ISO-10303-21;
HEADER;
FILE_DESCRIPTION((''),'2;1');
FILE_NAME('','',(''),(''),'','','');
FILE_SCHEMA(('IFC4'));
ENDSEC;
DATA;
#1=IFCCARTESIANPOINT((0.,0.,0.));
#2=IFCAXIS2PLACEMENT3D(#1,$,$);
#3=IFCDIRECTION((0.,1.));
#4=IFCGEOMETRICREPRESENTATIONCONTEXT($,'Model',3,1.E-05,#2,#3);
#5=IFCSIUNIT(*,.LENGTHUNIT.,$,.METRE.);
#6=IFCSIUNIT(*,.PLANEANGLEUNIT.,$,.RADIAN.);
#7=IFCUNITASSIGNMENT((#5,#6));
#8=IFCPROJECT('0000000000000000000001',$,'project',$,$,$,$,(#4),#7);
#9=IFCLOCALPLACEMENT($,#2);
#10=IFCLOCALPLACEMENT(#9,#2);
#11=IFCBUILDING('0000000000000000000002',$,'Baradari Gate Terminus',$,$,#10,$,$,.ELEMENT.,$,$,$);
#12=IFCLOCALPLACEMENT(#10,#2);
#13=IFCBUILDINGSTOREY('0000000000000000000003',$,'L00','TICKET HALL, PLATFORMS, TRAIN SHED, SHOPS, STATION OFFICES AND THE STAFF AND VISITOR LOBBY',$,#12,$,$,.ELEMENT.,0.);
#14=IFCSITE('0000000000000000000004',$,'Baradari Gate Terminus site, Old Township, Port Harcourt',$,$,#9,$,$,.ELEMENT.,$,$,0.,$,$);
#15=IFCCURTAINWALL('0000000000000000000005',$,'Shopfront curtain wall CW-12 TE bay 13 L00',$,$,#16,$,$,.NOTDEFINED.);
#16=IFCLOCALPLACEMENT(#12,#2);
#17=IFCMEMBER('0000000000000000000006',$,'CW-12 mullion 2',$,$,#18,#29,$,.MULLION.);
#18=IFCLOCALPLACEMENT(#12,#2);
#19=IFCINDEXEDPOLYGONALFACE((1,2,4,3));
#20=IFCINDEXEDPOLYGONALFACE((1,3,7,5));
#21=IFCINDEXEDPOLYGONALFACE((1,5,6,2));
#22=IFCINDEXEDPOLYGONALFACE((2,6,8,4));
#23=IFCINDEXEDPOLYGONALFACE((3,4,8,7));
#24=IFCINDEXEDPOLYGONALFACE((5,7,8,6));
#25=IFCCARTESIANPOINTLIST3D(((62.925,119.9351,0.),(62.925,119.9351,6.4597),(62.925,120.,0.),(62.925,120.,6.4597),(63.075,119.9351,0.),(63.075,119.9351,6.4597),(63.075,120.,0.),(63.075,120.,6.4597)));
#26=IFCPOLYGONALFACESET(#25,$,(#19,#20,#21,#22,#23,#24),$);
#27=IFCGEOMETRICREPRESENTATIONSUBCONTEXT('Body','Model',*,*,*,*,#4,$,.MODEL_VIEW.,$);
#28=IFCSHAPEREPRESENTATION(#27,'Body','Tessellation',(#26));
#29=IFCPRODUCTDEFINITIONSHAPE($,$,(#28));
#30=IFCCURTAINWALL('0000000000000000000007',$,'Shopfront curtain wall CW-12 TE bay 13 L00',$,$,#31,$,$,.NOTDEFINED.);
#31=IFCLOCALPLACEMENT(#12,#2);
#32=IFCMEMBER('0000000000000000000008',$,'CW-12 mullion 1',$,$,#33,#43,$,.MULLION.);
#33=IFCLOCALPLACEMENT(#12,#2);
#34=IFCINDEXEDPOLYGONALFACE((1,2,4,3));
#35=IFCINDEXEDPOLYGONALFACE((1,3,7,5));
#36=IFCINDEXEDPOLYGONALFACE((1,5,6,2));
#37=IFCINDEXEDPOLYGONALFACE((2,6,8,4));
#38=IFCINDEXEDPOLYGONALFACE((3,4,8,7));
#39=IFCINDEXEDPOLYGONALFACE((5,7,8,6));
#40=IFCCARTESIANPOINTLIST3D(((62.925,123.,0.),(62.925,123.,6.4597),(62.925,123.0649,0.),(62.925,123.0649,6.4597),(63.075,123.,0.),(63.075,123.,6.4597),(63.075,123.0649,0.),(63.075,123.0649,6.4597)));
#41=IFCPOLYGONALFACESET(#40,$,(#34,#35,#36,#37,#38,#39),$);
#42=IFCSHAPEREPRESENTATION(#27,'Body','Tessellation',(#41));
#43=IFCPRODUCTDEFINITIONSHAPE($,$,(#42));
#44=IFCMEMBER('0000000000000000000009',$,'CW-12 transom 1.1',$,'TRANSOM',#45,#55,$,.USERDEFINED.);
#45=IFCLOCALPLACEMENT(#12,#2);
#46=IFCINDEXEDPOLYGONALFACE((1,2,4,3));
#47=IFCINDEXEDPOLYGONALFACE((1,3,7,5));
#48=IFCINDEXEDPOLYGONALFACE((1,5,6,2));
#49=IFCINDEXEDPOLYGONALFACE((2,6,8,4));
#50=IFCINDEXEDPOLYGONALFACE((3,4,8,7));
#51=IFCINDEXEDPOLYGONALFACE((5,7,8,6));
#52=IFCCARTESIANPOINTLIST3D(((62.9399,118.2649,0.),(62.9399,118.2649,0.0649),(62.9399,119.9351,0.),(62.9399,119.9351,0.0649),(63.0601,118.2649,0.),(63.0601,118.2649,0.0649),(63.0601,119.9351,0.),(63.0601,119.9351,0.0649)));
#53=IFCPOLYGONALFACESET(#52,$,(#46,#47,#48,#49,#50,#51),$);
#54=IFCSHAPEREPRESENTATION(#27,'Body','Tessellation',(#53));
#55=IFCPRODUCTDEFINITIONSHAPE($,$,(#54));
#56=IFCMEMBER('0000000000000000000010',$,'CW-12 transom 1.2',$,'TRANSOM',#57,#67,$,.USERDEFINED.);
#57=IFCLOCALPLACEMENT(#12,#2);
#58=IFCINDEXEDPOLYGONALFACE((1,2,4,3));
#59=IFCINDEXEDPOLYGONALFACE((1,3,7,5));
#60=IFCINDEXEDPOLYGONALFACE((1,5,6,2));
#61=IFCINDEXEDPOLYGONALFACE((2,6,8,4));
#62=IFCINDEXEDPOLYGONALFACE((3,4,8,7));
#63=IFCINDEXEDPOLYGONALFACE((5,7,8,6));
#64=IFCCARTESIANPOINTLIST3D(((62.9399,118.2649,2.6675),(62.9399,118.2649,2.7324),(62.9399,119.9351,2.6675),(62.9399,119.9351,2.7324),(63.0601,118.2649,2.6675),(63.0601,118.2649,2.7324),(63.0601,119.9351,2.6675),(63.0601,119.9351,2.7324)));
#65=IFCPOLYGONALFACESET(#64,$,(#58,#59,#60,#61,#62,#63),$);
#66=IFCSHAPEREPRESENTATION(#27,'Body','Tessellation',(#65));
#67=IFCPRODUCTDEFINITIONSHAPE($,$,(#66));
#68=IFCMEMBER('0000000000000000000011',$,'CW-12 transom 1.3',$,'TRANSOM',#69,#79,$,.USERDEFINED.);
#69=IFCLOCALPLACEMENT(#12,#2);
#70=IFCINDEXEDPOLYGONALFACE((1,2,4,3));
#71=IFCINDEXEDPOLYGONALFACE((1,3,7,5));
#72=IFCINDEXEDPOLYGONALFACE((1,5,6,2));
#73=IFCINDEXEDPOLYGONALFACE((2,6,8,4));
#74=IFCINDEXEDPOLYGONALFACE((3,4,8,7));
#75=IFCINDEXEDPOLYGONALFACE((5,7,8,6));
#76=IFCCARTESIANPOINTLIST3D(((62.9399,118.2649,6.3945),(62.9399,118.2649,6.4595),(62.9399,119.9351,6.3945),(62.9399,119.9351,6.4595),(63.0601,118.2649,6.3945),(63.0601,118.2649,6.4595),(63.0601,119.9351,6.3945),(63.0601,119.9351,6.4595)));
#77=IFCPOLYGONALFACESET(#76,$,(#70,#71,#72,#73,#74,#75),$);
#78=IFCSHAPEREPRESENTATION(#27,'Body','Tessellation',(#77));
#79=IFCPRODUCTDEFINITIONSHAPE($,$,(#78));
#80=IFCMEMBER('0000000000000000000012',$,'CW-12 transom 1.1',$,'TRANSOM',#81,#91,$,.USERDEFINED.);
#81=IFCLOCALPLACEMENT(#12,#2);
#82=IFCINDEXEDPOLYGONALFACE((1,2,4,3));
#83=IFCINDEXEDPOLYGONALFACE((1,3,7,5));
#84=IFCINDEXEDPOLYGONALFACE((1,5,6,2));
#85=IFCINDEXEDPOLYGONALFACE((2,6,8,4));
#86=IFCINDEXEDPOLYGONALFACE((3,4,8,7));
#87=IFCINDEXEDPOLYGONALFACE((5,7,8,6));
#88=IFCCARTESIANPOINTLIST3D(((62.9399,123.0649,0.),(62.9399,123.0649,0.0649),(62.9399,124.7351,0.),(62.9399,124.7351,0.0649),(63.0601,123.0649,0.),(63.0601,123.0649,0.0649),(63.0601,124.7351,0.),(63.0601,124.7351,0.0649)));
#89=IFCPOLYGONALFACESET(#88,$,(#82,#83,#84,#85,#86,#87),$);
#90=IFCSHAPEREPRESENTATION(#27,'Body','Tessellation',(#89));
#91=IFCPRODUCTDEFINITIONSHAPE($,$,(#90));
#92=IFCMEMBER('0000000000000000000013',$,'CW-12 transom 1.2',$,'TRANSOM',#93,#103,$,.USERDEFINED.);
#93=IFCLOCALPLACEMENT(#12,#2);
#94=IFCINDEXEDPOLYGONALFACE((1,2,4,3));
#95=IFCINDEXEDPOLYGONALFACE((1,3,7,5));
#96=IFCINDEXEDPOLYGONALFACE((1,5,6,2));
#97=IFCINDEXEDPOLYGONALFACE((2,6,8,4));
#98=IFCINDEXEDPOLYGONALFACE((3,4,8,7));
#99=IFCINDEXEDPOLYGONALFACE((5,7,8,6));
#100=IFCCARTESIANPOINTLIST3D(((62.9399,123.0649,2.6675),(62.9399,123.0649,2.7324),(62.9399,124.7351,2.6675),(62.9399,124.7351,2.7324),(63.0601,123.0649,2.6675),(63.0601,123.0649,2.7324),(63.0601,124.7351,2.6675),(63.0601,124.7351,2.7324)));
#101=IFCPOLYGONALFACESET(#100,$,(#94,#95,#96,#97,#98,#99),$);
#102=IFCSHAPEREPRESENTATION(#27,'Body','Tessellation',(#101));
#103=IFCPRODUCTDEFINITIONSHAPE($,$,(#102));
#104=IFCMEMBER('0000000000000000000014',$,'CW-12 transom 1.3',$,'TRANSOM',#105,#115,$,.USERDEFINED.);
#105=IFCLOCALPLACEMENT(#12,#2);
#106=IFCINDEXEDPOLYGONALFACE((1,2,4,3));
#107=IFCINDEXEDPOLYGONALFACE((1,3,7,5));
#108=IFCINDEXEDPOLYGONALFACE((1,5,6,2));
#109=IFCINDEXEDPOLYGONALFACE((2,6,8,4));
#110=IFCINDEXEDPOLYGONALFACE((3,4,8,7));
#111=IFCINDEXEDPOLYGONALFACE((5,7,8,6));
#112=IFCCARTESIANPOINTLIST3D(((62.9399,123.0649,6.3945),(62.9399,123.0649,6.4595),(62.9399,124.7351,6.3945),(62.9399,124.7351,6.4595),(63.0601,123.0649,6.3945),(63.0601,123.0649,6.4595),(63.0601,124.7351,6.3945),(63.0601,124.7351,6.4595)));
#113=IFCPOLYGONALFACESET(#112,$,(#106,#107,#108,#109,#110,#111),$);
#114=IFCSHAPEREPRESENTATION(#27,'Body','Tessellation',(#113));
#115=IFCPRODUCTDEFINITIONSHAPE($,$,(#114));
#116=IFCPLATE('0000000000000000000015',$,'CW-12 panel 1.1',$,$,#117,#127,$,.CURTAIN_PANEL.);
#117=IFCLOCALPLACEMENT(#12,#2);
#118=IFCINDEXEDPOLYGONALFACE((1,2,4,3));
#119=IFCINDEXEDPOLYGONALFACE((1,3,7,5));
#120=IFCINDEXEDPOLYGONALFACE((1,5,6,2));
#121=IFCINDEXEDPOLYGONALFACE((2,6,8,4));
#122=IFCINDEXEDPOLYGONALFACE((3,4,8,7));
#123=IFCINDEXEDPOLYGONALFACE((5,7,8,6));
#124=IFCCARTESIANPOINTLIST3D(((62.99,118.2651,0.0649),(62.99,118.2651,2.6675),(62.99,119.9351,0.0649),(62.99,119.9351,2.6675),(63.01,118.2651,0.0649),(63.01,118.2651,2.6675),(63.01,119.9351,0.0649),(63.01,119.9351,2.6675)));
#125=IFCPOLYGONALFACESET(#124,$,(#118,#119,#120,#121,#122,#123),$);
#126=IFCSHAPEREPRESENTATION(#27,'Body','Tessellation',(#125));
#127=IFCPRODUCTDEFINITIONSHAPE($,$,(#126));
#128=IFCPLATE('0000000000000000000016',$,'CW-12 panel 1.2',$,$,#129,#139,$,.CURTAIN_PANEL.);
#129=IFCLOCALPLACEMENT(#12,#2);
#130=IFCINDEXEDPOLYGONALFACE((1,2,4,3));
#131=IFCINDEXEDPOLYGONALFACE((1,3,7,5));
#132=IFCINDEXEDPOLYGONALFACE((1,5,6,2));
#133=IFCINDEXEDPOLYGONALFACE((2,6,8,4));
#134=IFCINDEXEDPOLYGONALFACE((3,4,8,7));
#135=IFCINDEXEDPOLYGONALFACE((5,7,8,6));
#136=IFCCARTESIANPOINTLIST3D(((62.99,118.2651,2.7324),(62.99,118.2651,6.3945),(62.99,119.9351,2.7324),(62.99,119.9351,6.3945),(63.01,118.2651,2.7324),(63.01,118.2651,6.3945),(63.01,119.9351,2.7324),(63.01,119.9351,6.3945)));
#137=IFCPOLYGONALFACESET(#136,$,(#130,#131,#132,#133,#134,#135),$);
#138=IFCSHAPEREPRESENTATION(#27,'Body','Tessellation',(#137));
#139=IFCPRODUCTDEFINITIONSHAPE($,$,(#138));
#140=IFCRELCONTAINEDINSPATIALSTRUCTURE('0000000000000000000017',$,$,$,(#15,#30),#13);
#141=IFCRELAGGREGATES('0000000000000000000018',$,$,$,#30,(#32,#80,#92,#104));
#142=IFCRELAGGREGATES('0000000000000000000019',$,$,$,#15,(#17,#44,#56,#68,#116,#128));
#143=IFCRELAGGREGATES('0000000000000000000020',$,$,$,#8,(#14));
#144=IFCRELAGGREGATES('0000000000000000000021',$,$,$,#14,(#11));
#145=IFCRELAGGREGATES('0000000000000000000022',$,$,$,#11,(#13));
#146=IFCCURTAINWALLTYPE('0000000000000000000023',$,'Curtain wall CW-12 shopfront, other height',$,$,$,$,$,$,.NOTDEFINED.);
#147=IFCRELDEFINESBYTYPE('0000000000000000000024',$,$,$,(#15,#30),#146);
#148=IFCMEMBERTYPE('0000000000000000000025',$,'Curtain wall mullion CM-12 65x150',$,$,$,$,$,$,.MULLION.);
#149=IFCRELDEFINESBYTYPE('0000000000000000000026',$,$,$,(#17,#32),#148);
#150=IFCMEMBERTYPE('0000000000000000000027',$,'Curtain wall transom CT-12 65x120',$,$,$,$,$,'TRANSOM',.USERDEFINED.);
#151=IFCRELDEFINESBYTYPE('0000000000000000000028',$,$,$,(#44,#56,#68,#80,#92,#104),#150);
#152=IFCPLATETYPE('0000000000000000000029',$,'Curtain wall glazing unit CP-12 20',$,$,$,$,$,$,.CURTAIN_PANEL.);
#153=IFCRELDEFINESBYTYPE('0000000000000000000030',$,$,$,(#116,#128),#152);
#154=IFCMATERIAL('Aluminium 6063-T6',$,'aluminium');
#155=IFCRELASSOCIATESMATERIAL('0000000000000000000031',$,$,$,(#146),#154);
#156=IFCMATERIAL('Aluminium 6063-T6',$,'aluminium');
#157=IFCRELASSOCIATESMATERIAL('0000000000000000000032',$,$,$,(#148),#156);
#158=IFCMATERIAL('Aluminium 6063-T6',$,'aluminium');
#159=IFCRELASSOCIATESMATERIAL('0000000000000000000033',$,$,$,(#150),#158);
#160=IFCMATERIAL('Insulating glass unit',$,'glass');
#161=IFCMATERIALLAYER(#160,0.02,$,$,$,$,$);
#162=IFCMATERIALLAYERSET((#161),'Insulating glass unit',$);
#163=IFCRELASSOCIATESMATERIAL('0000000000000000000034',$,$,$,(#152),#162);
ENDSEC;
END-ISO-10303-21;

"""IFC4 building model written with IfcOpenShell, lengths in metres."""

from ifc_helpers import new_model, si_unit, direction, frame, origin, origin_2d, place, context, subcontext, project, spatial, rectangle, extrude, material, layer, layer_set, material_profile, profile_set, type_object, element, aggregate, save


model = new_model("IFC4")

# Units and contexts
model_context = context("Model", 3, precision=1e-05, world=origin(), true_north=direction((0.0, 1.0)))
body_context = subcontext(model_context, "Body", "Model", "MODEL_VIEW")
ifc_project = project(units=[si_unit("LENGTHUNIT", "METRE"), si_unit("PLANEANGLEUNIT", "RADIAN")], contexts=[model_context])

# Site, building, storey
site_placement = place(None, origin())
site = spatial("IfcSite", under=ifc_project, at=site_placement, Name="Baradari Gate Terminus site, Old Township, Port Harcourt", CompositionType="ELEMENT", RefElevation=0.0)
building_placement = place(site_placement, origin())
building = spatial("IfcBuilding", under=site, at=building_placement, Name="Baradari Gate Terminus", CompositionType="ELEMENT")
storey_placement = place(building_placement, origin())
storey = spatial("IfcBuildingStorey", under=building, at=storey_placement, Name="L00", Description="TICKET HALL, PLATFORMS, TRAIN SHED, SHOPS, STATION OFFICES AND THE STAFF AND VISITOR LOBBY", CompositionType="ELEMENT", Elevation=0.0)

# Curtain wall, member
ifc_material_1 = material(Name="Aluminium 6063-T6", Category="aluminium")
curtain_wall_type = type_object("IfcCurtainWallType", Name="Curtain wall CW-12 shopfront, other height", PredefinedType="NOTDEFINED", material=ifc_material_1)
curtain_wall_1_placement = place(storey_placement, origin())
curtain_wall_1 = element("IfcCurtainWall", 1, at=curtain_wall_1_placement, inside=storey, type_object=curtain_wall_type, Name="Shopfront curtain wall CW-12 TE bay 13 L00", PredefinedType="NOTDEFINED")
ifc_material_2 = material(Name="Aluminium 6063-T6", Category="aluminium")
ifc_material_profile_1 = material_profile(ifc_material_2, rectangle(XDim=0.1499, YDim=0.0649, at=origin_2d()), Name="CM-12 65X150")
ifc_profile_set_1 = profile_set([ifc_material_profile_1], Name="Aluminium 6063-T6")
member_type_1 = type_object("IfcMemberType", Name="Curtain wall mullion CM-12 65x150", PredefinedType="MULLION", material=ifc_profile_set_1)
member_1_placement = place(storey_placement, frame((63.0, 119.9675, 0.0), z_axis=(0.0, 0.0, 1.0), x_axis=(-1.0, 0.0, 0.0)))
member_1 = element("IfcMember", 2, at=member_1_placement, type_object=member_type_1, Name="CW-12 mullion 2", PredefinedType="MULLION", context=body_context, shape_type="SweptSolid", body=[
    extrude(rectangle(XDim=0.1499, YDim=0.0649, at=origin_2d()), origin(), (0.0, 0.0, 1.0), 6.4597),
])

# Curtain wall, member
curtain_wall_2_placement = place(storey_placement, origin())
curtain_wall_2 = element("IfcCurtainWall", 3, at=curtain_wall_2_placement, inside=storey, type_object=curtain_wall_type, Name="Shopfront curtain wall CW-12 TE bay 13 L00", PredefinedType="NOTDEFINED")
member_2_placement = place(storey_placement, frame((63.0, 123.0325, 0.0), z_axis=(0.0, 0.0, 1.0), x_axis=(-1.0, 0.0, 0.0)))
member_2 = element("IfcMember", 4, at=member_2_placement, type_object=member_type_1, Name="CW-12 mullion 1", PredefinedType="MULLION", context=body_context, shape_type="SweptSolid", body=[
    extrude(rectangle(XDim=0.1499, YDim=0.0649, at=origin_2d()), origin(), (0.0, 0.0, 1.0), 6.4597),
])

# Members
ifc_material_3 = material(Name="Aluminium 6063-T6", Category="aluminium")
ifc_material_profile_2 = material_profile(ifc_material_3, rectangle(XDim=0.1201, YDim=0.0649, at=origin_2d()), Name="CT-12 65X120")
ifc_profile_set_2 = profile_set([ifc_material_profile_2], Name="Aluminium 6063-T6")
member_type_2 = type_object("IfcMemberType", Name="Curtain wall transom CT-12 65x120", ElementType="TRANSOM", PredefinedType="USERDEFINED", material=ifc_profile_set_2)
member_3_placement = place(storey_placement, frame((63.0, 118.2649, 0.0325), z_axis=(0.0, 1.0, 0.0), x_axis=(-1.0, 0.0, 0.0)))
member_3 = element("IfcMember", 5, at=member_3_placement, type_object=member_type_2, Name="CW-12 transom 1.1", ObjectType="TRANSOM", PredefinedType="USERDEFINED", context=body_context, shape_type="SweptSolid", body=[
    extrude(rectangle(XDim=0.1201, YDim=0.0649, at=origin_2d()), origin(), (0.0, 0.0, 1.0), 1.6702),
])
member_4_placement = place(storey_placement, frame((63.0, 118.2649, 2.7), z_axis=(0.0, 1.0, 0.0), x_axis=(-1.0, 0.0, 0.0)))
member_4 = element("IfcMember", 6, at=member_4_placement, type_object=member_type_2, Name="CW-12 transom 1.2", ObjectType="TRANSOM", PredefinedType="USERDEFINED", context=body_context, shape_type="SweptSolid", body=[
    extrude(rectangle(XDim=0.1201, YDim=0.0649, at=origin_2d()), origin(), (0.0, 0.0, 1.0), 1.6702),
])
member_5_placement = place(storey_placement, frame((63.0, 118.2649, 6.427), z_axis=(0.0, 1.0, 0.0), x_axis=(-1.0, 0.0, 0.0)))
member_5 = element("IfcMember", 7, at=member_5_placement, type_object=member_type_2, Name="CW-12 transom 1.3", ObjectType="TRANSOM", PredefinedType="USERDEFINED", context=body_context, shape_type="SweptSolid", body=[
    extrude(rectangle(XDim=0.1201, YDim=0.0649, at=origin_2d()), origin(), (0.0, 0.0, 1.0), 1.6702),
])
member_6_placement = place(storey_placement, frame((63.0, 123.0649, 0.0325), z_axis=(0.0, 1.0, 0.0), x_axis=(-1.0, 0.0, 0.0)))
member_6 = element("IfcMember", 8, at=member_6_placement, type_object=member_type_2, Name="CW-12 transom 1.1", ObjectType="TRANSOM", PredefinedType="USERDEFINED", context=body_context, shape_type="SweptSolid", body=[
    extrude(rectangle(XDim=0.1201, YDim=0.0649, at=origin_2d()), origin(), (0.0, 0.0, 1.0), 1.6702),
])
member_7_placement = place(storey_placement, frame((63.0, 123.0649, 2.7), z_axis=(0.0, 1.0, 0.0), x_axis=(-1.0, 0.0, 0.0)))
member_7 = element("IfcMember", 9, at=member_7_placement, type_object=member_type_2, Name="CW-12 transom 1.2", ObjectType="TRANSOM", PredefinedType="USERDEFINED", context=body_context, shape_type="SweptSolid", body=[
    extrude(rectangle(XDim=0.1201, YDim=0.0649, at=origin_2d()), origin(), (0.0, 0.0, 1.0), 1.6702),
])
member_8_placement = place(storey_placement, frame((63.0, 123.0649, 6.427), z_axis=(0.0, 1.0, 0.0), x_axis=(-1.0, 0.0, 0.0)))
member_8 = element("IfcMember", 10, at=member_8_placement, type_object=member_type_2, Name="CW-12 transom 1.3", ObjectType="TRANSOM", PredefinedType="USERDEFINED", context=body_context, shape_type="SweptSolid", body=[
    extrude(rectangle(XDim=0.1201, YDim=0.0649, at=origin_2d()), origin(), (0.0, 0.0, 1.0), 1.6702),
])
aggregate(curtain_wall_2, [member_2, member_6, member_7, member_8])

# Plates
ifc_material_4 = material(Name="Insulating glass unit", Category="glass")
ifc_layer_1 = layer(ifc_material_4, 0.02)
ifc_layer_set_1 = layer_set([ifc_layer_1], Name="Insulating glass unit")
plate_type = type_object("IfcPlateType", Name="Curtain wall glazing unit CP-12 20", PredefinedType="CURTAIN_PANEL", material=ifc_layer_set_1)
plate_1_placement = place(storey_placement, frame((63.0, 119.1001, 0.0649), z_axis=(0.0, 0.0, 1.0), x_axis=(0.0, 1.0, 0.0)))
plate_1 = element("IfcPlate", 11, at=plate_1_placement, type_object=plate_type, Name="CW-12 panel 1.1", PredefinedType="CURTAIN_PANEL", context=body_context, shape_type="SweptSolid", body=[
    extrude(rectangle(XDim=1.6699, YDim=0.02, at=origin_2d()), origin(), (0.0, 0.0, 1.0), 2.6025),
])
plate_2_placement = place(storey_placement, frame((63.0, 119.1001, 2.7324), z_axis=(0.0, 0.0, 1.0), x_axis=(0.0, 1.0, 0.0)))
plate_2 = element("IfcPlate", 12, at=plate_2_placement, type_object=plate_type, Name="CW-12 panel 1.2", PredefinedType="CURTAIN_PANEL", context=body_context, shape_type="SweptSolid", body=[
    extrude(rectangle(XDim=1.6699, YDim=0.02, at=origin_2d()), origin(), (0.0, 0.0, 1.0), 3.6621),
])
aggregate(curtain_wall_1, [member_1, member_3, member_4, member_5, plate_1, plate_2])

save(model, "model.ifc")
